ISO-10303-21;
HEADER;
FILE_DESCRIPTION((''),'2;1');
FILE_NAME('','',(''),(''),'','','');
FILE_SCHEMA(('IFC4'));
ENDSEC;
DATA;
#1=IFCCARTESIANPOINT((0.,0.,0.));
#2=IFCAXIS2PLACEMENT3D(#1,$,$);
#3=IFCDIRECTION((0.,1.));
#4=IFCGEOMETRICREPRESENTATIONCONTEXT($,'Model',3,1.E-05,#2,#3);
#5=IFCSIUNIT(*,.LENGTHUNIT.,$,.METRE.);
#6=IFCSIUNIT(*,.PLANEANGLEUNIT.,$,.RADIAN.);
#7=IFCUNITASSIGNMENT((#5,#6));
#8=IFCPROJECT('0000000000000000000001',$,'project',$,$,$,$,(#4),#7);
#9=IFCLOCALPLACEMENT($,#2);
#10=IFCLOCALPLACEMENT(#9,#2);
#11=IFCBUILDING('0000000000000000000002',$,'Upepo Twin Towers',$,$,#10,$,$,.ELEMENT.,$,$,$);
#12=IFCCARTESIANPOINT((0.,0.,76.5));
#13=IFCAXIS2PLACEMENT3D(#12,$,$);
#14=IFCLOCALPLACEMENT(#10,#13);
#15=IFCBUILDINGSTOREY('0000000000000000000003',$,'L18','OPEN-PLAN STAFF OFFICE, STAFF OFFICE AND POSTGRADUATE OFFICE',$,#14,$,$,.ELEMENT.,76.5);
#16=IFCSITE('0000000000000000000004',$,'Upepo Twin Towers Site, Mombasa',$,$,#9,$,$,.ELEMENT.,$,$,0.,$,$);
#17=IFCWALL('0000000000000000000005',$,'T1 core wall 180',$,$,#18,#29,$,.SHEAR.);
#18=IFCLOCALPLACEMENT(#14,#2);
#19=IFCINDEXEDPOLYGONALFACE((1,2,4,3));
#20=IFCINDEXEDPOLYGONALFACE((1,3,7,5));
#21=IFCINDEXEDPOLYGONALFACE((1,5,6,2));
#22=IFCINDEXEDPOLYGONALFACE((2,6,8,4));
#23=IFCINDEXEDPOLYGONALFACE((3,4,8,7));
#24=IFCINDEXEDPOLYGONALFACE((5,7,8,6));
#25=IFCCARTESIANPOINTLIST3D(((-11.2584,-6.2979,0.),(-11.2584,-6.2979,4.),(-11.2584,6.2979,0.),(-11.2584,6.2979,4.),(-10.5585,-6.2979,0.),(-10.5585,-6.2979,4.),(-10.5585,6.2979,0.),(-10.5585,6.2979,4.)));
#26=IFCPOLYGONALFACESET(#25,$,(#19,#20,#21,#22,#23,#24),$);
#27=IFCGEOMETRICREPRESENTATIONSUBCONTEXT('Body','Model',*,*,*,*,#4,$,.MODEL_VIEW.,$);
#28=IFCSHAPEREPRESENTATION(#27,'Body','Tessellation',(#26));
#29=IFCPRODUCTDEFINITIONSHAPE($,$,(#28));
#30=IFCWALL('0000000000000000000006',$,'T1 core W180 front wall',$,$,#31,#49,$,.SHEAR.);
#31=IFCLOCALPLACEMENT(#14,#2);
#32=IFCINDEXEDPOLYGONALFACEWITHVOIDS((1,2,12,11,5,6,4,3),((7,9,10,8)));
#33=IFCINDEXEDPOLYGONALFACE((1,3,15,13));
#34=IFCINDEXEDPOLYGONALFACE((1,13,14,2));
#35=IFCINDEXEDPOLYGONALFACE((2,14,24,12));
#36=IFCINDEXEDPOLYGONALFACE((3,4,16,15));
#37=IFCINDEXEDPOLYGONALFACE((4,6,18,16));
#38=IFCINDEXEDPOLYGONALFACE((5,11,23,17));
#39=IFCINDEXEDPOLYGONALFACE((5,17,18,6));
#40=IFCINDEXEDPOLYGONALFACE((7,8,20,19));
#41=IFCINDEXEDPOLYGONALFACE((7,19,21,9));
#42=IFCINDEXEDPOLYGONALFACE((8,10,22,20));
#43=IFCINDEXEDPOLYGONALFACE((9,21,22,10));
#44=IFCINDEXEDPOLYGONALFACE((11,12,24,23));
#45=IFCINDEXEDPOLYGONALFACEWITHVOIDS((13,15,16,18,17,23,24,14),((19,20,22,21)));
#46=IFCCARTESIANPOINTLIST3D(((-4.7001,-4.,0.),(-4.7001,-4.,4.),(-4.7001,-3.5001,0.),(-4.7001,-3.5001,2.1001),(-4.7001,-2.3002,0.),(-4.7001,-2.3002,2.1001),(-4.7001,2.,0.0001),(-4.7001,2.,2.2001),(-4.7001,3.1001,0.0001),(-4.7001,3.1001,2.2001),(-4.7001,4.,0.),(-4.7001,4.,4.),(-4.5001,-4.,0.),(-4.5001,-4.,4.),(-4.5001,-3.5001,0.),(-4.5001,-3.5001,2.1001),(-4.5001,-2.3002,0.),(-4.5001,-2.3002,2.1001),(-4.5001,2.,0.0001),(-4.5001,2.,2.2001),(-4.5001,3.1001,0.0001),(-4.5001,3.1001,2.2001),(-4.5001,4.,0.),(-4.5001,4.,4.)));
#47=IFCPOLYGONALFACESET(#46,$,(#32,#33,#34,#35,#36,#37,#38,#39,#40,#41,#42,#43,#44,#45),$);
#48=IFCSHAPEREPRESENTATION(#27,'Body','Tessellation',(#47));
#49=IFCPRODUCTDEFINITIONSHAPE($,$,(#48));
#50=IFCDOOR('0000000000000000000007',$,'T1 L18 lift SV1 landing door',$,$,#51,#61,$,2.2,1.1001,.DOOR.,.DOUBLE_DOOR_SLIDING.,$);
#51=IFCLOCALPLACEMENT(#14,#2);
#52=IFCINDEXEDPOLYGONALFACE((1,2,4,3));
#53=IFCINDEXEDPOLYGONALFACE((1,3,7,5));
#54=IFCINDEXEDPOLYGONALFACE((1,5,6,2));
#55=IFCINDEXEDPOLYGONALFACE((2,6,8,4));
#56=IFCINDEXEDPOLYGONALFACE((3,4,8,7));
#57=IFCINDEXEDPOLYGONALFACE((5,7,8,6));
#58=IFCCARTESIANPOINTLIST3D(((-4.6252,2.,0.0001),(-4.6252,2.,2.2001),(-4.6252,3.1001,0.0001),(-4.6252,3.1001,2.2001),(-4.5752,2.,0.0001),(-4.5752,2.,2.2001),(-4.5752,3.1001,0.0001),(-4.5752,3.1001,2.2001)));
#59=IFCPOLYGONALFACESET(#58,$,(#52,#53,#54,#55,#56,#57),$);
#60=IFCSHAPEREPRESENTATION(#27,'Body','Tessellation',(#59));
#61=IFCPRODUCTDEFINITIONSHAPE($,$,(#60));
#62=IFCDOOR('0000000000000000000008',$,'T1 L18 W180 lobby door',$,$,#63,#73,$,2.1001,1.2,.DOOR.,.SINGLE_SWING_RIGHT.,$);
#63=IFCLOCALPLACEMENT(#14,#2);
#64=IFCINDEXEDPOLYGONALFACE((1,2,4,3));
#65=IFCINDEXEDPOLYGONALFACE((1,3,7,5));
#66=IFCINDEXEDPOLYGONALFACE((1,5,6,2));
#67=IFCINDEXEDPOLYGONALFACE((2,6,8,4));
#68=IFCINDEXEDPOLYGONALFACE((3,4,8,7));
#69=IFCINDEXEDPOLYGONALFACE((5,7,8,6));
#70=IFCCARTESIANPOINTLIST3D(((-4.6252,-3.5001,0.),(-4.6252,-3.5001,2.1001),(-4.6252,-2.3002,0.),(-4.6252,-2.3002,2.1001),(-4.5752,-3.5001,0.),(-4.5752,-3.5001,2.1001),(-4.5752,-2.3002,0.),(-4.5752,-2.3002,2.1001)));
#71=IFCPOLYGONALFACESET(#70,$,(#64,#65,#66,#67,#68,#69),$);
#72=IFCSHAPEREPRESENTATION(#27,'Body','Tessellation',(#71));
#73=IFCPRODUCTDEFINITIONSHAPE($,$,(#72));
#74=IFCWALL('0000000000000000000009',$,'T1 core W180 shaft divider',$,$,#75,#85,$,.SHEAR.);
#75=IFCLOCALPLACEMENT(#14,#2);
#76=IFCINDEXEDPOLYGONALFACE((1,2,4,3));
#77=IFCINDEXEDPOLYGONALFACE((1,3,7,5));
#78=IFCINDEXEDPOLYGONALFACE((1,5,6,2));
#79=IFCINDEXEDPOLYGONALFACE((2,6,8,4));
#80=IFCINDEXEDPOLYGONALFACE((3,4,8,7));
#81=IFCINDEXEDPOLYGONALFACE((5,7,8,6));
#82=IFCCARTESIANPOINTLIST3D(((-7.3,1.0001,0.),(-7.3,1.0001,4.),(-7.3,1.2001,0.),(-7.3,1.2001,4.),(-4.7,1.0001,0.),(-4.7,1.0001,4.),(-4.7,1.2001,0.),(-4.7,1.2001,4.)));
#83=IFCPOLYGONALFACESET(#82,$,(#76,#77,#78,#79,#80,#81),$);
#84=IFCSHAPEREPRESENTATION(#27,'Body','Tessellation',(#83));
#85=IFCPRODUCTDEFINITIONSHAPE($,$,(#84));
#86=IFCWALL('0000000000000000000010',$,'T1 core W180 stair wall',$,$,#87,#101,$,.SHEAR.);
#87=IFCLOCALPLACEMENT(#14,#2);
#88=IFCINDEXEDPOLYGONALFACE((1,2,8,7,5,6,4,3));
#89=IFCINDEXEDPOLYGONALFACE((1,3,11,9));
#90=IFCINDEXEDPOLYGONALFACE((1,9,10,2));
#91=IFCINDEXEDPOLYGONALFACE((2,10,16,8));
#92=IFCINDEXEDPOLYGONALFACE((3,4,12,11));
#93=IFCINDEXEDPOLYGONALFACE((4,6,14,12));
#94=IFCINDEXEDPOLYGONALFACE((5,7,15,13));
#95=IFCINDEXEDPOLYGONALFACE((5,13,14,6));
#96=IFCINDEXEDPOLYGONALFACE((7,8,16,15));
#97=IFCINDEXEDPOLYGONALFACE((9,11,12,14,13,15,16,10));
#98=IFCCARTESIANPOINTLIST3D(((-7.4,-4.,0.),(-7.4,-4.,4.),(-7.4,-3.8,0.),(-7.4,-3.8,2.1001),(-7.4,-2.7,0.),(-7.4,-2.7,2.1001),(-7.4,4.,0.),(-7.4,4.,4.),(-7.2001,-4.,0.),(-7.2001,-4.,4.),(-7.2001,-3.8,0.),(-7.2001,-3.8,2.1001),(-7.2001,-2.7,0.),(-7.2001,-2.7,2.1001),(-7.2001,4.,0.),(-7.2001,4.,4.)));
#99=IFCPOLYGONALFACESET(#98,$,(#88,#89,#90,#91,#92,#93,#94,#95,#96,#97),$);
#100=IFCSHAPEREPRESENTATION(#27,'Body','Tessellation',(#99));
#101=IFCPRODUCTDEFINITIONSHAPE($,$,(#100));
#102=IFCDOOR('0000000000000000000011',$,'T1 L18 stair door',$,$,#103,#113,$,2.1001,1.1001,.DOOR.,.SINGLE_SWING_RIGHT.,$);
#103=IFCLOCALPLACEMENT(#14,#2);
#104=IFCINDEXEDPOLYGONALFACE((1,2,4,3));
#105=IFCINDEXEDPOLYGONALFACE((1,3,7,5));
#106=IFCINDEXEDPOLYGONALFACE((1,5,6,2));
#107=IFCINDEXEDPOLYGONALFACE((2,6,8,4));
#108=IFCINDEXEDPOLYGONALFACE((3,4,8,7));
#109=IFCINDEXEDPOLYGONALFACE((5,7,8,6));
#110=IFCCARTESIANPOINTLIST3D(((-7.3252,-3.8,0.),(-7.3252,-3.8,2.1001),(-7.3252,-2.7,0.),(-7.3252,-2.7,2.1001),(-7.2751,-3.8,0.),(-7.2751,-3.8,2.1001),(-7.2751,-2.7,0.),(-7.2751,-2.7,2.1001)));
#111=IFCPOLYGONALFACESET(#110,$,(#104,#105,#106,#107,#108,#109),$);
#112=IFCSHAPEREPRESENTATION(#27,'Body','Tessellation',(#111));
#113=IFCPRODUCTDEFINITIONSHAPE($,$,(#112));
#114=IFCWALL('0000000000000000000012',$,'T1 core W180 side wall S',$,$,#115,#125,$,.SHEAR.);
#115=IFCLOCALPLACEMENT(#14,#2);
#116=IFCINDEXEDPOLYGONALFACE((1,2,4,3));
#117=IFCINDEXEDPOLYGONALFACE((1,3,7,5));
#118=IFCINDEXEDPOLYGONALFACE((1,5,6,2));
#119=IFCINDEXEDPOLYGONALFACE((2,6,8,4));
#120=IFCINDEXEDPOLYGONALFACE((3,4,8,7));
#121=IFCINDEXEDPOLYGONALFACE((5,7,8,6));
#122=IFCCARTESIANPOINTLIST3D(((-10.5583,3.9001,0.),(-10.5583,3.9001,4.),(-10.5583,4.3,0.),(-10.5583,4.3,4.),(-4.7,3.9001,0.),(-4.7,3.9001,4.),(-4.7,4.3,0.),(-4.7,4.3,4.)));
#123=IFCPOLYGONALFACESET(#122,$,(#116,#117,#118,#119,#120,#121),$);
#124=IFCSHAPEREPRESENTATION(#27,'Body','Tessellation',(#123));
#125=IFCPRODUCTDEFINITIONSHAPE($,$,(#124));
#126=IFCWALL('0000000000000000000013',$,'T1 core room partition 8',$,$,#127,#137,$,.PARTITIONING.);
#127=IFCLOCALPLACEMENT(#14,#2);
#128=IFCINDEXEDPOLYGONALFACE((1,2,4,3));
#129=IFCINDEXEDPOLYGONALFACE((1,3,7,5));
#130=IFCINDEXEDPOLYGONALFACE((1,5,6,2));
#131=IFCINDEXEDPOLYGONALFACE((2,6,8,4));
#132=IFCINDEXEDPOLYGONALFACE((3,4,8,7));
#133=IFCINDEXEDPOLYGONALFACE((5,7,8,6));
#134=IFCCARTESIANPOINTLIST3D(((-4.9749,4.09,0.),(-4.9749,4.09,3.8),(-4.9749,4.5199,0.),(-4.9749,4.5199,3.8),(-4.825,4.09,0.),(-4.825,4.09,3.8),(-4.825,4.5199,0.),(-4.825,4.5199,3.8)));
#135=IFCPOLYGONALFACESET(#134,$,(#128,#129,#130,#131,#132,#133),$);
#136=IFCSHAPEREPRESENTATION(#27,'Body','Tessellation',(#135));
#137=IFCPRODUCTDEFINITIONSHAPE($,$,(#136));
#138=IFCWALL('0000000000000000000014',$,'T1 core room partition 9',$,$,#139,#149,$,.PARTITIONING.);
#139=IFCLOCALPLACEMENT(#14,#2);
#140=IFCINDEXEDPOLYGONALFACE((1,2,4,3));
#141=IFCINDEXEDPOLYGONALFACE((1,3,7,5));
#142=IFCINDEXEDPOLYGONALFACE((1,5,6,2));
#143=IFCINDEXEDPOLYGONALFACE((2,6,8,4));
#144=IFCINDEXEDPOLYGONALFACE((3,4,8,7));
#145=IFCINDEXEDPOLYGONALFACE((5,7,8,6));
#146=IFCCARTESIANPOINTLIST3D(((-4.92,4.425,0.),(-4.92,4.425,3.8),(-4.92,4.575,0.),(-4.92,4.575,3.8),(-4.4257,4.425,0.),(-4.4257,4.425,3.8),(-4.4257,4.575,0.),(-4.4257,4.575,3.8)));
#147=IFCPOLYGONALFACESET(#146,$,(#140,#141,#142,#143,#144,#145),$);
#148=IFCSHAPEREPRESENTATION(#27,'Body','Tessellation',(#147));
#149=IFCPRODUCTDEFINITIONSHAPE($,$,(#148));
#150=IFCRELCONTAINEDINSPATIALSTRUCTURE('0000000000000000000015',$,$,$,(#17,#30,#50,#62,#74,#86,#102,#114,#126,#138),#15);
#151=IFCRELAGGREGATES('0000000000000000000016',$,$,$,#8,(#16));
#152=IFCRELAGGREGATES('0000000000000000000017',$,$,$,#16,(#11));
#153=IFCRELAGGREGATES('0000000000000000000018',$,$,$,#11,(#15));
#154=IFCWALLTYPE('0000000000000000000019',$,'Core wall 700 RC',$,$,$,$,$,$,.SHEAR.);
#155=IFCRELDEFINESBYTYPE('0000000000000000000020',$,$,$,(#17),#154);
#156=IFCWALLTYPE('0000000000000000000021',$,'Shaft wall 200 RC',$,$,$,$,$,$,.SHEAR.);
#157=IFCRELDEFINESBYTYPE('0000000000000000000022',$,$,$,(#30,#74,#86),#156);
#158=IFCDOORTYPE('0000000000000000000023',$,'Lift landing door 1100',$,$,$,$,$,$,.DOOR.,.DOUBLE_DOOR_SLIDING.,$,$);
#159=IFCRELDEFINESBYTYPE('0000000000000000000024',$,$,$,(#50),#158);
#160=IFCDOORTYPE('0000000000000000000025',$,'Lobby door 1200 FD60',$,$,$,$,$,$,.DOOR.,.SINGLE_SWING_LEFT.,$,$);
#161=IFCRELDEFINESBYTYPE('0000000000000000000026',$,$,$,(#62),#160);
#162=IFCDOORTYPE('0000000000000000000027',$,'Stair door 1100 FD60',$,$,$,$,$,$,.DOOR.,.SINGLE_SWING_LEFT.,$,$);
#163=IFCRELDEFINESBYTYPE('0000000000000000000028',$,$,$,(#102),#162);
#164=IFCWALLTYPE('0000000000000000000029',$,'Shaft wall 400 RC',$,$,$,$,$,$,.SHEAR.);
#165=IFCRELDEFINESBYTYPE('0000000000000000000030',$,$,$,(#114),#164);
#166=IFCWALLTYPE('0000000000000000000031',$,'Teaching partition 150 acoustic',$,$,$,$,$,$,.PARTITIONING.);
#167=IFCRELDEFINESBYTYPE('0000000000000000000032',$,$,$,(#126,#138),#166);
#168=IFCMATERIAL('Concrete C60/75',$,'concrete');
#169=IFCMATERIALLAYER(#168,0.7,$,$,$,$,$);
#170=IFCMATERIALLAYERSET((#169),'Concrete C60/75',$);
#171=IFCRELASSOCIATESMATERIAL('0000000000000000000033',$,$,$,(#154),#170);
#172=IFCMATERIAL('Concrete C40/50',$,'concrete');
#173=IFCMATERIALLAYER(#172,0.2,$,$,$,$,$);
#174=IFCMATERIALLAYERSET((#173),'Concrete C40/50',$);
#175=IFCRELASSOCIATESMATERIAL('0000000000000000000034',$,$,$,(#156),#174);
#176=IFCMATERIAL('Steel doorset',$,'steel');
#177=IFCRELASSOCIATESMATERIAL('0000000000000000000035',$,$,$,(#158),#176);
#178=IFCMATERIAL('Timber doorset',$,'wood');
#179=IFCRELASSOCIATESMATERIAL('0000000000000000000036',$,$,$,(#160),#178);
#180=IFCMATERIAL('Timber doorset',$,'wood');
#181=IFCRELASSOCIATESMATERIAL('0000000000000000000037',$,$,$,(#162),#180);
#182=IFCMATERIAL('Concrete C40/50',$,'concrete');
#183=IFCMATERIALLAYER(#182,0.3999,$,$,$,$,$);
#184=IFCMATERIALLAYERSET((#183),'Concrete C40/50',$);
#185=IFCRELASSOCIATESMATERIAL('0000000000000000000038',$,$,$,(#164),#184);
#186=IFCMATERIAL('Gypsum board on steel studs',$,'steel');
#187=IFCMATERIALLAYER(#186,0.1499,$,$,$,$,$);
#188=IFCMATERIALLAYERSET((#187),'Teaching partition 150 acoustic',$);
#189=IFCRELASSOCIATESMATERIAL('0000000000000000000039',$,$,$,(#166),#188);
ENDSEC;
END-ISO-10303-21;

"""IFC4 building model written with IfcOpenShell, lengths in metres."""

from ifc_helpers import new_model, si_unit, direction, frame, frame_2d, origin, place, context, subcontext, project, spatial, rectangle, extrude, material, layer, layer_set, type_object, element, fill, save


model = new_model("IFC4")

# Units and contexts
model_context = context("Model", 3, precision=1e-05, world=origin(), true_north=direction((0.0, 1.0)))
body_context = subcontext(model_context, "Body", "Model", "MODEL_VIEW")
ifc_project = project(units=[si_unit("LENGTHUNIT", "METRE"), si_unit("PLANEANGLEUNIT", "RADIAN")], contexts=[model_context])

# Site, building, storey
site_placement = place(None, origin())
site = spatial("IfcSite", under=ifc_project, at=site_placement, Name="Upepo Twin Towers Site, Mombasa", CompositionType="ELEMENT", RefElevation=0.0)
building_placement = place(site_placement, origin())
building = spatial("IfcBuilding", under=site, at=building_placement, Name="Upepo Twin Towers", CompositionType="ELEMENT")
storey_placement = place(building_placement, frame((0.0, 0.0, 76.5)))
storey = spatial("IfcBuildingStorey", under=building, at=storey_placement, Name="L18", Description="OPEN-PLAN STAFF OFFICE, STAFF OFFICE AND POSTGRADUATE OFFICE", CompositionType="ELEMENT", Elevation=76.5)

# Wall
ifc_material_1 = material(Name="Concrete C60/75", Category="concrete")
ifc_layer_1 = layer(ifc_material_1, 0.7)
ifc_layer_set_1 = layer_set([ifc_layer_1], Name="Concrete C60/75")
wall_type_1 = type_object("IfcWallType", Name="Core wall 700 RC", PredefinedType="SHEAR", material=ifc_layer_set_1)
wall_1_placement = place(storey_placement, frame((-10.9084, 6.2979, 0.0), z_axis=(0.0, 0.0, 1.0), x_axis=(0.0, -1.0, 0.0)))
element("IfcWall", 1, at=wall_1_placement, inside=storey, type_object=wall_type_1, Name="T1 core wall 180", PredefinedType="SHEAR", context=body_context, shape_type="SweptSolid", body=[
    extrude(rectangle(XDim=12.5957, YDim=0.7, at=frame_2d((6.2979, 0.0))), origin(), (0.0, 0.0, 1.0), 4.0),
])

# Wall, openings, doors
ifc_material_2 = material(Name="Concrete C40/50", Category="concrete")
ifc_layer_2 = layer(ifc_material_2, 0.2)
ifc_layer_set_2 = layer_set([ifc_layer_2], Name="Concrete C40/50")
wall_type_2 = type_object("IfcWallType", Name="Shaft wall 200 RC", PredefinedType="SHEAR", material=ifc_layer_set_2)
wall_2_placement = place(storey_placement, frame((-4.6001, 4.0, 0.0), z_axis=(0.0, 0.0, 1.0), x_axis=(0.0, -1.0, 0.0)))
wall_2 = element("IfcWall", 2, at=wall_2_placement, inside=storey, type_object=wall_type_2, Name="T1 core W180 front wall", PredefinedType="SHEAR", context=body_context, shape_type="SweptSolid", body=[
    extrude(rectangle(XDim=8.0, YDim=0.2, at=frame_2d((4.0, 0.0))), origin(), (0.0, 0.0, 1.0), 4.0),
])
opening_1_placement = place(wall_2_placement, frame((6.3, 0.0, 0.0)))
opening_1 = element("IfcOpeningElement", 3, at=opening_1_placement, cuts=wall_2, PredefinedType="OPENING", context=body_context, shape_type="SweptSolid", body=[
    extrude(rectangle(XDim=1.2, YDim=2.1001, at=frame_2d((0.6001, 1.05))), frame((0.0, 0.1099, 0.0), z_axis=(0.0, -1.0, 0.0), x_axis=(1.0, 0.0, 0.0)), (0.0, 0.0, 1.0), 0.22),
])
opening_2_placement = place(wall_2_placement, frame((0.8999, 0.0, 0.0)))
opening_2 = element("IfcOpeningElement", 4, at=opening_2_placement, cuts=wall_2, PredefinedType="OPENING", context=body_context, shape_type="SweptSolid", body=[
    extrude(rectangle(XDim=1.1001, YDim=2.2, at=frame_2d((0.55, 1.1001))), frame((0.0, 0.1099, 0.0), z_axis=(0.0, -1.0, 0.0), x_axis=(1.0, 0.0, 0.0)), (0.0, 0.0, 1.0), 0.22),
])
ifc_material_3 = material(Name="Steel doorset", Category="steel")
door_type_1 = type_object("IfcDoorType", Name="Lift landing door 1100", OperationType="DOUBLE_DOOR_SLIDING", PredefinedType="DOOR", material=ifc_material_3)
door_1_placement = place(opening_2_placement, origin())
door_1 = element("IfcDoor", 5, at=door_1_placement, inside=storey, type_object=door_type_1, Name="T1 L18 lift SV1 landing door", OperationType="DOUBLE_DOOR_SLIDING", OverallHeight=2.2, OverallWidth=1.1001, PredefinedType="DOOR", context=body_context, shape_type="SweptSolid", body=[
    extrude(rectangle(XDim=1.1001, YDim=2.2, at=frame_2d((0.55, 1.1001))), frame((0.0, 0.0249, 0.0), z_axis=(0.0, -1.0, 0.0), x_axis=(1.0, 0.0, 0.0)), (0.0, 0.0, 1.0), 0.05),
])
fill(opening_2, door_1)
ifc_material_4 = material(Name="Timber doorset", Category="wood")
door_type_2 = type_object("IfcDoorType", Name="Lobby door 1200 FD60", OperationType="SINGLE_SWING_LEFT", PredefinedType="DOOR", material=ifc_material_4)
door_2_placement = place(opening_1_placement, origin())
door_2 = element("IfcDoor", 6, at=door_2_placement, inside=storey, type_object=door_type_2, Name="T1 L18 W180 lobby door", OperationType="SINGLE_SWING_RIGHT", OverallHeight=2.1001, OverallWidth=1.2, PredefinedType="DOOR", context=body_context, shape_type="SweptSolid", body=[
    extrude(rectangle(XDim=1.2, YDim=2.1001, at=frame_2d((0.6001, 1.05))), frame((0.0, 0.0249, 0.0), z_axis=(0.0, -1.0, 0.0), x_axis=(1.0, 0.0, 0.0)), (0.0, 0.0, 1.0), 0.05),
])
fill(opening_1, door_2)

# Wall
wall_3_placement = place(storey_placement, frame((-4.7, 1.1001, 0.0), z_axis=(0.0, 0.0, 1.0), x_axis=(-1.0, 0.0, 0.0)))
element("IfcWall", 7, at=wall_3_placement, inside=storey, type_object=wall_type_2, Name="T1 core W180 shaft divider", PredefinedType="SHEAR", context=body_context, shape_type="SweptSolid", body=[
    extrude(rectangle(XDim=2.6001, YDim=0.2, at=frame_2d((1.3, 0.0))), origin(), (0.0, 0.0, 1.0), 4.0),
])

# Wall, opening, door
wall_4_placement = place(storey_placement, frame((-7.3, 4.0, 0.0), z_axis=(0.0, 0.0, 1.0), x_axis=(0.0, -1.0, 0.0)))
wall_4 = element("IfcWall", 8, at=wall_4_placement, inside=storey, type_object=wall_type_2, Name="T1 core W180 stair wall", PredefinedType="SHEAR", context=body_context, shape_type="SweptSolid", body=[
    extrude(rectangle(XDim=8.0, YDim=0.2, at=frame_2d((4.0, 0.0))), origin(), (0.0, 0.0, 1.0), 4.0),
])
opening_3_placement = place(wall_4_placement, frame((6.7, 0.0, 0.0)))
opening_3 = element("IfcOpeningElement", 9, at=opening_3_placement, cuts=wall_4, PredefinedType="OPENING", context=body_context, shape_type="SweptSolid", body=[
    extrude(rectangle(XDim=1.1001, YDim=2.1001, at=frame_2d((0.55, 1.05))), frame((0.0, 0.1099, 0.0), z_axis=(0.0, -1.0, 0.0), x_axis=(1.0, 0.0, 0.0)), (0.0, 0.0, 1.0), 0.22),
])
ifc_material_5 = material(Name="Timber doorset", Category="wood")
door_type_3 = type_object("IfcDoorType", Name="Stair door 1100 FD60", OperationType="SINGLE_SWING_LEFT", PredefinedType="DOOR", material=ifc_material_5)
door_3_placement = place(opening_3_placement, origin())
door_3 = element("IfcDoor", 10, at=door_3_placement, inside=storey, type_object=door_type_3, Name="T1 L18 stair door", OperationType="SINGLE_SWING_RIGHT", OverallHeight=2.1001, OverallWidth=1.1001, PredefinedType="DOOR", context=body_context, shape_type="SweptSolid", body=[
    extrude(rectangle(XDim=1.1001, YDim=2.1001, at=frame_2d((0.55, 1.05))), frame((0.0, 0.0249, 0.0), z_axis=(0.0, -1.0, 0.0), x_axis=(1.0, 0.0, 0.0)), (0.0, 0.0, 1.0), 0.05),
])
fill(opening_3, door_3)

# Walls
ifc_material_6 = material(Name="Concrete C40/50", Category="concrete")
ifc_layer_3 = layer(ifc_material_6, 0.3999)
ifc_layer_set_3 = layer_set([ifc_layer_3], Name="Concrete C40/50")
wall_type_3 = type_object("IfcWallType", Name="Shaft wall 400 RC", PredefinedType="SHEAR", material=ifc_layer_set_3)
wall_5_placement = place(storey_placement, frame((-4.7, 4.1001, 0.0), z_axis=(0.0, 0.0, 1.0), x_axis=(-1.0, 0.0, 0.0)))
element("IfcWall", 11, at=wall_5_placement, inside=storey, type_object=wall_type_3, Name="T1 core W180 side wall S", PredefinedType="SHEAR", context=body_context, shape_type="SweptSolid", body=[
    extrude(rectangle(XDim=5.8584, YDim=0.3999, at=frame_2d((2.9292, 0.0))), origin(), (0.0, 0.0, 1.0), 4.0),
])
ifc_material_7 = material(Name="Gypsum board on steel studs", Category="steel")
ifc_layer_4 = layer(ifc_material_7, 0.1499)
ifc_layer_set_4 = layer_set([ifc_layer_4], Name="Teaching partition 150 acoustic")
wall_type_4 = type_object("IfcWallType", Name="Teaching partition 150 acoustic", PredefinedType="PARTITIONING", material=ifc_layer_set_4)
wall_6_placement = place(storey_placement, frame((-4.8999, 4.0901, 0.0), z_axis=(0.0, 0.0, 1.0), x_axis=(0.0, 1.0, 0.0)))
element("IfcWall", 12, at=wall_6_placement, inside=storey, type_object=wall_type_4, Name="T1 core room partition 8", PredefinedType="PARTITIONING", context=body_context, shape_type="SweptSolid", body=[
    extrude(rectangle(XDim=0.4299, YDim=0.1499, at=frame_2d((0.2148, 0.0))), origin(), (0.0, 0.0, 1.0), 3.8),
])
wall_7_placement = place(storey_placement, frame((-4.9199, 4.5, 0.0), z_axis=(0.0, 0.0, 1.0), x_axis=(1.0, 0.0, 0.0)))
element("IfcWall", 13, at=wall_7_placement, inside=storey, type_object=wall_type_4, Name="T1 core room partition 9", PredefinedType="PARTITIONING", context=body_context, shape_type="SweptSolid", body=[
    extrude(rectangle(XDim=0.4944, YDim=0.1499, at=frame_2d((0.2471, 0.0))), origin(), (0.0, 0.0, 1.0), 3.8),
])

save(model, "model.ifc")
